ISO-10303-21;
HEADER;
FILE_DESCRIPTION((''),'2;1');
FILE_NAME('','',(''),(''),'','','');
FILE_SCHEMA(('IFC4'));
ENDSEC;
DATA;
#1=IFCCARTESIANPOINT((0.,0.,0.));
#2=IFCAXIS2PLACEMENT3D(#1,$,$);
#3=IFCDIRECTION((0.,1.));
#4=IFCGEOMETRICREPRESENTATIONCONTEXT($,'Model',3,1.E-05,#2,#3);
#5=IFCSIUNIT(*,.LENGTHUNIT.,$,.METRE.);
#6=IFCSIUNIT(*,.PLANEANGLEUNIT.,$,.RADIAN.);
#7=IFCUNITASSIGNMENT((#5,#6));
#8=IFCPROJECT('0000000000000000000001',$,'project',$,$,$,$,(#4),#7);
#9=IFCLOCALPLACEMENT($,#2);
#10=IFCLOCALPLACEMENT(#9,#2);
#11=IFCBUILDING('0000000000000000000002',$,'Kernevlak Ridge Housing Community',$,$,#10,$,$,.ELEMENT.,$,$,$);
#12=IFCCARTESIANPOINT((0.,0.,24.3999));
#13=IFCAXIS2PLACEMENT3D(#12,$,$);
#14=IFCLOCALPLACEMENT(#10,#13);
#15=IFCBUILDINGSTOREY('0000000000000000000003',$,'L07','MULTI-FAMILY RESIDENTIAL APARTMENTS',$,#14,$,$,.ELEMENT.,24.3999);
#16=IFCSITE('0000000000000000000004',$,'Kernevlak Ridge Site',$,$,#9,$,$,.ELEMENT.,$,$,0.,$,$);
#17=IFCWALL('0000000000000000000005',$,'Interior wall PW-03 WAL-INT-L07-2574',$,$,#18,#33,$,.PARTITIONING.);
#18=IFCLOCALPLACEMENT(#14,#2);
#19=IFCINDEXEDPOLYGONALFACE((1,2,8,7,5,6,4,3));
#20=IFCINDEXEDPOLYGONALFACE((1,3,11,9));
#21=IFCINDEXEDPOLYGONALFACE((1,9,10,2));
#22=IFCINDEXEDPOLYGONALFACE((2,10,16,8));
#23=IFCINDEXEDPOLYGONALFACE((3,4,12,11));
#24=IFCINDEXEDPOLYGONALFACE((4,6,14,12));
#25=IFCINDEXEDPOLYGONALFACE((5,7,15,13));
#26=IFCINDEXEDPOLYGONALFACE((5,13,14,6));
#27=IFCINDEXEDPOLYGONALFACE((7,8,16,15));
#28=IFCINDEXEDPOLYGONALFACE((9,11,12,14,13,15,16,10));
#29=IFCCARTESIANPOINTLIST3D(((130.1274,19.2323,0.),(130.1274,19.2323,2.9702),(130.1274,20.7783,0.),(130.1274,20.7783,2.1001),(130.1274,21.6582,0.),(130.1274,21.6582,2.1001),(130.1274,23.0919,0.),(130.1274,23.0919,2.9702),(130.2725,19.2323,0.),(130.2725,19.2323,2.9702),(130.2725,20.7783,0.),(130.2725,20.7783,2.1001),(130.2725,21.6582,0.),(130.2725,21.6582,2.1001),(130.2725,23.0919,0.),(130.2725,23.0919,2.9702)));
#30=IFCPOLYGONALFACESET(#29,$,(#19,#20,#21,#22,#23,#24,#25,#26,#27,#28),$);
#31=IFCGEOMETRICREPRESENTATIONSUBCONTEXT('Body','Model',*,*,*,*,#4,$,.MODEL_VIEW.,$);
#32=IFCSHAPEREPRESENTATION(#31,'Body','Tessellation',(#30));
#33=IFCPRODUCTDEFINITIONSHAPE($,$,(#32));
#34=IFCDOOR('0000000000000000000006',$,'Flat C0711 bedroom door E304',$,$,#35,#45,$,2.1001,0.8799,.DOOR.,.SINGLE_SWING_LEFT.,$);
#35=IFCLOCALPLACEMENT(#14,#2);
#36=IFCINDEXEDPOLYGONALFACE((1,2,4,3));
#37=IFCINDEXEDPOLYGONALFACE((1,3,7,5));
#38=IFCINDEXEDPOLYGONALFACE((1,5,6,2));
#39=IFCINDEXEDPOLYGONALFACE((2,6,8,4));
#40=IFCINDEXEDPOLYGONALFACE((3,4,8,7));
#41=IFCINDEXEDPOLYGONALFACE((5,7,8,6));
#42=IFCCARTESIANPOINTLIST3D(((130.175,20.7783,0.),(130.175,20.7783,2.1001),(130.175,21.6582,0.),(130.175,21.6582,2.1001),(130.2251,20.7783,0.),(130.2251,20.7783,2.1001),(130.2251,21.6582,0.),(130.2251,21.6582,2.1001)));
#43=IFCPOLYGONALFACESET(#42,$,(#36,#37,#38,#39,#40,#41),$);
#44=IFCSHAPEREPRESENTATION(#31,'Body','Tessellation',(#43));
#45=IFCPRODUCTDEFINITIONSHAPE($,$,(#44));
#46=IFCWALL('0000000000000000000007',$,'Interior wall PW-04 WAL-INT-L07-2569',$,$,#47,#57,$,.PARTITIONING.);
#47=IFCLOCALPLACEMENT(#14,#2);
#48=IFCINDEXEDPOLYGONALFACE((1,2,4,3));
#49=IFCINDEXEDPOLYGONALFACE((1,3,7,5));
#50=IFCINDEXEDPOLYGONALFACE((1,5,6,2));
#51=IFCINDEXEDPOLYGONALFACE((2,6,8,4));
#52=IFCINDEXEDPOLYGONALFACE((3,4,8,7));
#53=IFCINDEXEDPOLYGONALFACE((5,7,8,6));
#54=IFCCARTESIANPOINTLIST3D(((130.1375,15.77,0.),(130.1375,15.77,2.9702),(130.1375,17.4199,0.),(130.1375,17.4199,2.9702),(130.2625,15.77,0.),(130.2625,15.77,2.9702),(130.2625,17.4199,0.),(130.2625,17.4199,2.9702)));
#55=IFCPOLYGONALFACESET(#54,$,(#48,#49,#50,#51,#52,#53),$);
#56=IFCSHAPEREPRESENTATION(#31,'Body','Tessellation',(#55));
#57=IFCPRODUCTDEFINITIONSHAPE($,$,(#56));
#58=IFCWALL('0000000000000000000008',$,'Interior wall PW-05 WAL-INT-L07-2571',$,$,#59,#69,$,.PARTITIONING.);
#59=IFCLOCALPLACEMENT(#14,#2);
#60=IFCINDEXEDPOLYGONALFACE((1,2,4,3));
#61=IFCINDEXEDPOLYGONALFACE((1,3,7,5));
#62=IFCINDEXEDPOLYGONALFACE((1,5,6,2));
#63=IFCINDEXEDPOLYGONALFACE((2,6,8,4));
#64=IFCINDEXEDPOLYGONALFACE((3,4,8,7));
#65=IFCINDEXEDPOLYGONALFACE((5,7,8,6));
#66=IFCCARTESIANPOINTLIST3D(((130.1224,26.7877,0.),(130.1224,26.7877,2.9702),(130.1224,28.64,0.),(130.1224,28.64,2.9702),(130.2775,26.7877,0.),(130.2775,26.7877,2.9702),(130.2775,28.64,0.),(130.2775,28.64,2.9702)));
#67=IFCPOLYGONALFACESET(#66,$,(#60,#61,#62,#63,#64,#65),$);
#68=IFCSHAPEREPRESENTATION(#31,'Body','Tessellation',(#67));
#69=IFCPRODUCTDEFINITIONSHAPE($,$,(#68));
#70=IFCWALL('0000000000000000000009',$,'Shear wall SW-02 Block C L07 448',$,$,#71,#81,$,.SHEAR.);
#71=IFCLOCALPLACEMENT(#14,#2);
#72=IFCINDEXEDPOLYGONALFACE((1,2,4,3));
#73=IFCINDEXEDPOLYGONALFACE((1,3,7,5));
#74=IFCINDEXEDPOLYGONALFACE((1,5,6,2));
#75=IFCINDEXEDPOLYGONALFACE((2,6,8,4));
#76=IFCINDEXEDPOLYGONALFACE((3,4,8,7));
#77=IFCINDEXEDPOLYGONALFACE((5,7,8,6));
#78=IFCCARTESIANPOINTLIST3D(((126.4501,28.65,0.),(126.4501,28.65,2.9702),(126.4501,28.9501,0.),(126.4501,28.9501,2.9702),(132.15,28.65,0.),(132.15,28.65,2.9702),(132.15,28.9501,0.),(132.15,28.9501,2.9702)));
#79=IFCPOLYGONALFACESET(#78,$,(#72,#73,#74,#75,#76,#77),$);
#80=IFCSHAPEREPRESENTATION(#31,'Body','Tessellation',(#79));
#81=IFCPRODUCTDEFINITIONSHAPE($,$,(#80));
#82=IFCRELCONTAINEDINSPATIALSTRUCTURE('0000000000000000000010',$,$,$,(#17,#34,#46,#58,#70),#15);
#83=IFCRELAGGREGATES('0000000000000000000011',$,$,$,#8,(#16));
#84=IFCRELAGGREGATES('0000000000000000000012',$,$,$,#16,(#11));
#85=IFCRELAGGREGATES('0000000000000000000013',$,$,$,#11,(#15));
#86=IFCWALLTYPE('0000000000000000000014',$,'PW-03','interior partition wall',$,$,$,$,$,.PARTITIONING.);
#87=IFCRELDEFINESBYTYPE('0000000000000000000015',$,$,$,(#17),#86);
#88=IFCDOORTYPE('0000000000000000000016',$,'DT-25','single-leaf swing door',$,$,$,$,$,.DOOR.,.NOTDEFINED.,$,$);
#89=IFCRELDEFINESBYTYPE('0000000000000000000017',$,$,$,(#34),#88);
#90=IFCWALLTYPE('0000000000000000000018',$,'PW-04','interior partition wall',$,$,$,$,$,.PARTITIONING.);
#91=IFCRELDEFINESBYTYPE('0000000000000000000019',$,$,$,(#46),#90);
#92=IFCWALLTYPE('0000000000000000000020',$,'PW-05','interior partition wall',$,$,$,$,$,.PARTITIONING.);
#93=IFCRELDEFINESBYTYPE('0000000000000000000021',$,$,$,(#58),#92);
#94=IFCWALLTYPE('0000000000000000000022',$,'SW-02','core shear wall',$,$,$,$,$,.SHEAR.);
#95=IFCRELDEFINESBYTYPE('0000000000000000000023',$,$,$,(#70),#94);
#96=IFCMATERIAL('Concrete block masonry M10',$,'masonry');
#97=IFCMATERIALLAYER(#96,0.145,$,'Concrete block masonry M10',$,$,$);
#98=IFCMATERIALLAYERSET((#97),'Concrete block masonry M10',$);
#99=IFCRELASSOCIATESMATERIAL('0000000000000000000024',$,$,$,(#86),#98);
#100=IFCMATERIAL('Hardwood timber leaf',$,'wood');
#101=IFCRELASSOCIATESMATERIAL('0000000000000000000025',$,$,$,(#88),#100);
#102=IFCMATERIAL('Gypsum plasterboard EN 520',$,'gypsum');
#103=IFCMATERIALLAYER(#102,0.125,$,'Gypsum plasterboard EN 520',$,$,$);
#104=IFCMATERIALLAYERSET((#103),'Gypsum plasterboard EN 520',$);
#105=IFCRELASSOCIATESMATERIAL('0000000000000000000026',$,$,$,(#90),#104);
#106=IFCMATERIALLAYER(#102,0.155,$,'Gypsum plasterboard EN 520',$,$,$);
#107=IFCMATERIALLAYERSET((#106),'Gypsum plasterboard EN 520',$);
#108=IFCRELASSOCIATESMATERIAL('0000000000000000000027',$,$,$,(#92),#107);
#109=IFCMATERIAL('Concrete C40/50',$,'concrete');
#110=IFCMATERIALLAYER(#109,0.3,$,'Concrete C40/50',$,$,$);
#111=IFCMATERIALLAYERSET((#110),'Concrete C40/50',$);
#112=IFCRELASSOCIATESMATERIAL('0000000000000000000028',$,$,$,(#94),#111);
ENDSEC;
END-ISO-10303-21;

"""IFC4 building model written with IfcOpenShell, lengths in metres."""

from ifc_helpers import new_model, si_unit, direction, frame, frame_2d, origin, place, context, subcontext, project, spatial, rectangle, extrude, material, layer, layer_set, type_object, element, fill, save


model = new_model("IFC4")

# Units and contexts
model_context = context("Model", 3, precision=1e-05, world=origin(), true_north=direction((0.0, 1.0)))
body_context = subcontext(model_context, "Body", "Model", "MODEL_VIEW")
ifc_project = project(units=[si_unit("LENGTHUNIT", "METRE"), si_unit("PLANEANGLEUNIT", "RADIAN")], contexts=[model_context])

# Site, building, storey
site_placement = place(None, origin())
site = spatial("IfcSite", under=ifc_project, at=site_placement, Name="Kernevlak Ridge Site", CompositionType="ELEMENT", RefElevation=0.0)
building_placement = place(site_placement, origin())
building = spatial("IfcBuilding", under=site, at=building_placement, Name="Kernevlak Ridge Housing Community", CompositionType="ELEMENT")
storey_placement = place(building_placement, frame((0.0, 0.0, 24.3999)))
storey = spatial("IfcBuildingStorey", under=building, at=storey_placement, Name="L07", Description="MULTI-FAMILY RESIDENTIAL APARTMENTS", CompositionType="ELEMENT", Elevation=24.3999)

# Shared definitions
ifc_material_1 = material(Name="Concrete C40/50", Category="concrete")

# Shared definitions
ifc_material_2 = material(Name="Concrete block masonry M10", Category="masonry")

# Shared definitions
ifc_layer_1 = layer(ifc_material_2, 0.145, Name="Concrete block masonry M10")
ifc_layer_set_1 = layer_set([ifc_layer_1], Name="Concrete block masonry M10")
wall_type_1 = type_object("IfcWallType", Name="PW-03", Description="interior partition wall", PredefinedType="PARTITIONING", material=ifc_layer_set_1)

# Shared definitions
ifc_material_3 = material(Name="Hardwood timber leaf", Category="wood")

# Wall, opening, door
wall_1_placement = place(storey_placement, frame((130.2, 19.2324, 0.0), z_axis=(0.0, 0.0, 1.0), x_axis=(0.0, 1.0, 0.0)))
wall_1 = element("IfcWall", 1, at=wall_1_placement, inside=storey, type_object=wall_type_1, Name="Interior wall PW-03 WAL-INT-L07-2574", PredefinedType="PARTITIONING", context=body_context, shape_type="SweptSolid", body=[
    extrude(rectangle(XDim=3.8596, YDim=0.145, at=frame_2d((1.9297, 0.0))), origin(), (0.0, 0.0, 1.0), 2.9702),
])
opening_1_placement = place(wall_1_placement, frame((1.5459, 0.0, 0.0)))
opening_1 = element("IfcOpeningElement", 2, at=opening_1_placement, cuts=wall_1, PredefinedType="OPENING", context=body_context, shape_type="SweptSolid", body=[
    extrude(rectangle(XDim=0.8799, YDim=2.1001, at=frame_2d((0.4399, 1.05))), frame((0.0, 0.0825, 0.0), z_axis=(0.0, -1.0, 0.0), x_axis=(1.0, 0.0, 0.0)), (0.0, 0.0, 1.0), 0.165),
])
door_type_1 = type_object("IfcDoorType", Name="DT-25", Description="single-leaf swing door", OperationType="NOTDEFINED", PredefinedType="DOOR", material=ifc_material_3)
door_1_placement = place(opening_1_placement, origin())
door_1 = element("IfcDoor", 3, at=door_1_placement, inside=storey, type_object=door_type_1, Name="Flat C0711 bedroom door E304", OperationType="SINGLE_SWING_LEFT", OverallHeight=2.1001, OverallWidth=0.8799, PredefinedType="DOOR", context=body_context, shape_type="SweptSolid", body=[
    extrude(rectangle(XDim=0.8799, YDim=2.1001, at=frame_2d((0.4399, 1.05))), frame((0.0, 0.0249, 0.0), z_axis=(0.0, -1.0, 0.0), x_axis=(1.0, 0.0, 0.0)), (0.0, 0.0, 1.0), 0.05),
])
fill(opening_1, door_1)

# Walls
ifc_material_4 = material(Name="Gypsum plasterboard EN 520", Category="gypsum")
ifc_layer_2 = layer(ifc_material_4, 0.125, Name="Gypsum plasterboard EN 520")
ifc_layer_set_2 = layer_set([ifc_layer_2], Name="Gypsum plasterboard EN 520")
wall_type_2 = type_object("IfcWallType", Name="PW-04", Description="interior partition wall", PredefinedType="PARTITIONING", material=ifc_layer_set_2)
wall_2_placement = place(storey_placement, frame((130.2, 15.77, 0.0), z_axis=(0.0, 0.0, 1.0), x_axis=(0.0, 1.0, 0.0)))
element("IfcWall", 4, at=wall_2_placement, inside=storey, type_object=wall_type_2, Name="Interior wall PW-04 WAL-INT-L07-2569", PredefinedType="PARTITIONING", context=body_context, shape_type="SweptSolid", body=[
    extrude(rectangle(XDim=1.6499, YDim=0.125, at=frame_2d((0.825, 0.0))), origin(), (0.0, 0.0, 1.0), 2.9702),
])
ifc_layer_3 = layer(ifc_material_4, 0.155, Name="Gypsum plasterboard EN 520")
ifc_layer_set_3 = layer_set([ifc_layer_3], Name="Gypsum plasterboard EN 520")
wall_type_3 = type_object("IfcWallType", Name="PW-05", Description="interior partition wall", PredefinedType="PARTITIONING", material=ifc_layer_set_3)
wall_3_placement = place(storey_placement, frame((130.2, 26.7876, 0.0), z_axis=(0.0, 0.0, 1.0), x_axis=(0.0, 1.0, 0.0)))
element("IfcWall", 5, at=wall_3_placement, inside=storey, type_object=wall_type_3, Name="Interior wall PW-05 WAL-INT-L07-2571", PredefinedType="PARTITIONING", context=body_context, shape_type="SweptSolid", body=[
    extrude(rectangle(XDim=1.8523, YDim=0.155, at=frame_2d((0.9263, 0.0))), origin(), (0.0, 0.0, 1.0), 2.9702),
])
ifc_layer_4 = layer(ifc_material_1, 0.3, Name="Concrete C40/50")
ifc_layer_set_4 = layer_set([ifc_layer_4], Name="Concrete C40/50")
wall_type_4 = type_object("IfcWallType", Name="SW-02", Description="core shear wall", PredefinedType="SHEAR", material=ifc_layer_set_4)
wall_4_placement = place(storey_placement, frame((126.45, 28.8, 0.0), z_axis=(0.0, 0.0, 1.0), x_axis=(1.0, 0.0, 0.0)))
element("IfcWall", 6, at=wall_4_placement, inside=storey, type_object=wall_type_4, Name="Shear wall SW-02 Block C L07 448", PredefinedType="SHEAR", context=body_context, shape_type="SweptSolid", body=[
    extrude(rectangle(XDim=5.7, YDim=0.3, at=frame_2d((2.8501, 0.0))), origin(), (0.0, 0.0, 1.0), 2.9702),
])

save(model, "model.ifc")
